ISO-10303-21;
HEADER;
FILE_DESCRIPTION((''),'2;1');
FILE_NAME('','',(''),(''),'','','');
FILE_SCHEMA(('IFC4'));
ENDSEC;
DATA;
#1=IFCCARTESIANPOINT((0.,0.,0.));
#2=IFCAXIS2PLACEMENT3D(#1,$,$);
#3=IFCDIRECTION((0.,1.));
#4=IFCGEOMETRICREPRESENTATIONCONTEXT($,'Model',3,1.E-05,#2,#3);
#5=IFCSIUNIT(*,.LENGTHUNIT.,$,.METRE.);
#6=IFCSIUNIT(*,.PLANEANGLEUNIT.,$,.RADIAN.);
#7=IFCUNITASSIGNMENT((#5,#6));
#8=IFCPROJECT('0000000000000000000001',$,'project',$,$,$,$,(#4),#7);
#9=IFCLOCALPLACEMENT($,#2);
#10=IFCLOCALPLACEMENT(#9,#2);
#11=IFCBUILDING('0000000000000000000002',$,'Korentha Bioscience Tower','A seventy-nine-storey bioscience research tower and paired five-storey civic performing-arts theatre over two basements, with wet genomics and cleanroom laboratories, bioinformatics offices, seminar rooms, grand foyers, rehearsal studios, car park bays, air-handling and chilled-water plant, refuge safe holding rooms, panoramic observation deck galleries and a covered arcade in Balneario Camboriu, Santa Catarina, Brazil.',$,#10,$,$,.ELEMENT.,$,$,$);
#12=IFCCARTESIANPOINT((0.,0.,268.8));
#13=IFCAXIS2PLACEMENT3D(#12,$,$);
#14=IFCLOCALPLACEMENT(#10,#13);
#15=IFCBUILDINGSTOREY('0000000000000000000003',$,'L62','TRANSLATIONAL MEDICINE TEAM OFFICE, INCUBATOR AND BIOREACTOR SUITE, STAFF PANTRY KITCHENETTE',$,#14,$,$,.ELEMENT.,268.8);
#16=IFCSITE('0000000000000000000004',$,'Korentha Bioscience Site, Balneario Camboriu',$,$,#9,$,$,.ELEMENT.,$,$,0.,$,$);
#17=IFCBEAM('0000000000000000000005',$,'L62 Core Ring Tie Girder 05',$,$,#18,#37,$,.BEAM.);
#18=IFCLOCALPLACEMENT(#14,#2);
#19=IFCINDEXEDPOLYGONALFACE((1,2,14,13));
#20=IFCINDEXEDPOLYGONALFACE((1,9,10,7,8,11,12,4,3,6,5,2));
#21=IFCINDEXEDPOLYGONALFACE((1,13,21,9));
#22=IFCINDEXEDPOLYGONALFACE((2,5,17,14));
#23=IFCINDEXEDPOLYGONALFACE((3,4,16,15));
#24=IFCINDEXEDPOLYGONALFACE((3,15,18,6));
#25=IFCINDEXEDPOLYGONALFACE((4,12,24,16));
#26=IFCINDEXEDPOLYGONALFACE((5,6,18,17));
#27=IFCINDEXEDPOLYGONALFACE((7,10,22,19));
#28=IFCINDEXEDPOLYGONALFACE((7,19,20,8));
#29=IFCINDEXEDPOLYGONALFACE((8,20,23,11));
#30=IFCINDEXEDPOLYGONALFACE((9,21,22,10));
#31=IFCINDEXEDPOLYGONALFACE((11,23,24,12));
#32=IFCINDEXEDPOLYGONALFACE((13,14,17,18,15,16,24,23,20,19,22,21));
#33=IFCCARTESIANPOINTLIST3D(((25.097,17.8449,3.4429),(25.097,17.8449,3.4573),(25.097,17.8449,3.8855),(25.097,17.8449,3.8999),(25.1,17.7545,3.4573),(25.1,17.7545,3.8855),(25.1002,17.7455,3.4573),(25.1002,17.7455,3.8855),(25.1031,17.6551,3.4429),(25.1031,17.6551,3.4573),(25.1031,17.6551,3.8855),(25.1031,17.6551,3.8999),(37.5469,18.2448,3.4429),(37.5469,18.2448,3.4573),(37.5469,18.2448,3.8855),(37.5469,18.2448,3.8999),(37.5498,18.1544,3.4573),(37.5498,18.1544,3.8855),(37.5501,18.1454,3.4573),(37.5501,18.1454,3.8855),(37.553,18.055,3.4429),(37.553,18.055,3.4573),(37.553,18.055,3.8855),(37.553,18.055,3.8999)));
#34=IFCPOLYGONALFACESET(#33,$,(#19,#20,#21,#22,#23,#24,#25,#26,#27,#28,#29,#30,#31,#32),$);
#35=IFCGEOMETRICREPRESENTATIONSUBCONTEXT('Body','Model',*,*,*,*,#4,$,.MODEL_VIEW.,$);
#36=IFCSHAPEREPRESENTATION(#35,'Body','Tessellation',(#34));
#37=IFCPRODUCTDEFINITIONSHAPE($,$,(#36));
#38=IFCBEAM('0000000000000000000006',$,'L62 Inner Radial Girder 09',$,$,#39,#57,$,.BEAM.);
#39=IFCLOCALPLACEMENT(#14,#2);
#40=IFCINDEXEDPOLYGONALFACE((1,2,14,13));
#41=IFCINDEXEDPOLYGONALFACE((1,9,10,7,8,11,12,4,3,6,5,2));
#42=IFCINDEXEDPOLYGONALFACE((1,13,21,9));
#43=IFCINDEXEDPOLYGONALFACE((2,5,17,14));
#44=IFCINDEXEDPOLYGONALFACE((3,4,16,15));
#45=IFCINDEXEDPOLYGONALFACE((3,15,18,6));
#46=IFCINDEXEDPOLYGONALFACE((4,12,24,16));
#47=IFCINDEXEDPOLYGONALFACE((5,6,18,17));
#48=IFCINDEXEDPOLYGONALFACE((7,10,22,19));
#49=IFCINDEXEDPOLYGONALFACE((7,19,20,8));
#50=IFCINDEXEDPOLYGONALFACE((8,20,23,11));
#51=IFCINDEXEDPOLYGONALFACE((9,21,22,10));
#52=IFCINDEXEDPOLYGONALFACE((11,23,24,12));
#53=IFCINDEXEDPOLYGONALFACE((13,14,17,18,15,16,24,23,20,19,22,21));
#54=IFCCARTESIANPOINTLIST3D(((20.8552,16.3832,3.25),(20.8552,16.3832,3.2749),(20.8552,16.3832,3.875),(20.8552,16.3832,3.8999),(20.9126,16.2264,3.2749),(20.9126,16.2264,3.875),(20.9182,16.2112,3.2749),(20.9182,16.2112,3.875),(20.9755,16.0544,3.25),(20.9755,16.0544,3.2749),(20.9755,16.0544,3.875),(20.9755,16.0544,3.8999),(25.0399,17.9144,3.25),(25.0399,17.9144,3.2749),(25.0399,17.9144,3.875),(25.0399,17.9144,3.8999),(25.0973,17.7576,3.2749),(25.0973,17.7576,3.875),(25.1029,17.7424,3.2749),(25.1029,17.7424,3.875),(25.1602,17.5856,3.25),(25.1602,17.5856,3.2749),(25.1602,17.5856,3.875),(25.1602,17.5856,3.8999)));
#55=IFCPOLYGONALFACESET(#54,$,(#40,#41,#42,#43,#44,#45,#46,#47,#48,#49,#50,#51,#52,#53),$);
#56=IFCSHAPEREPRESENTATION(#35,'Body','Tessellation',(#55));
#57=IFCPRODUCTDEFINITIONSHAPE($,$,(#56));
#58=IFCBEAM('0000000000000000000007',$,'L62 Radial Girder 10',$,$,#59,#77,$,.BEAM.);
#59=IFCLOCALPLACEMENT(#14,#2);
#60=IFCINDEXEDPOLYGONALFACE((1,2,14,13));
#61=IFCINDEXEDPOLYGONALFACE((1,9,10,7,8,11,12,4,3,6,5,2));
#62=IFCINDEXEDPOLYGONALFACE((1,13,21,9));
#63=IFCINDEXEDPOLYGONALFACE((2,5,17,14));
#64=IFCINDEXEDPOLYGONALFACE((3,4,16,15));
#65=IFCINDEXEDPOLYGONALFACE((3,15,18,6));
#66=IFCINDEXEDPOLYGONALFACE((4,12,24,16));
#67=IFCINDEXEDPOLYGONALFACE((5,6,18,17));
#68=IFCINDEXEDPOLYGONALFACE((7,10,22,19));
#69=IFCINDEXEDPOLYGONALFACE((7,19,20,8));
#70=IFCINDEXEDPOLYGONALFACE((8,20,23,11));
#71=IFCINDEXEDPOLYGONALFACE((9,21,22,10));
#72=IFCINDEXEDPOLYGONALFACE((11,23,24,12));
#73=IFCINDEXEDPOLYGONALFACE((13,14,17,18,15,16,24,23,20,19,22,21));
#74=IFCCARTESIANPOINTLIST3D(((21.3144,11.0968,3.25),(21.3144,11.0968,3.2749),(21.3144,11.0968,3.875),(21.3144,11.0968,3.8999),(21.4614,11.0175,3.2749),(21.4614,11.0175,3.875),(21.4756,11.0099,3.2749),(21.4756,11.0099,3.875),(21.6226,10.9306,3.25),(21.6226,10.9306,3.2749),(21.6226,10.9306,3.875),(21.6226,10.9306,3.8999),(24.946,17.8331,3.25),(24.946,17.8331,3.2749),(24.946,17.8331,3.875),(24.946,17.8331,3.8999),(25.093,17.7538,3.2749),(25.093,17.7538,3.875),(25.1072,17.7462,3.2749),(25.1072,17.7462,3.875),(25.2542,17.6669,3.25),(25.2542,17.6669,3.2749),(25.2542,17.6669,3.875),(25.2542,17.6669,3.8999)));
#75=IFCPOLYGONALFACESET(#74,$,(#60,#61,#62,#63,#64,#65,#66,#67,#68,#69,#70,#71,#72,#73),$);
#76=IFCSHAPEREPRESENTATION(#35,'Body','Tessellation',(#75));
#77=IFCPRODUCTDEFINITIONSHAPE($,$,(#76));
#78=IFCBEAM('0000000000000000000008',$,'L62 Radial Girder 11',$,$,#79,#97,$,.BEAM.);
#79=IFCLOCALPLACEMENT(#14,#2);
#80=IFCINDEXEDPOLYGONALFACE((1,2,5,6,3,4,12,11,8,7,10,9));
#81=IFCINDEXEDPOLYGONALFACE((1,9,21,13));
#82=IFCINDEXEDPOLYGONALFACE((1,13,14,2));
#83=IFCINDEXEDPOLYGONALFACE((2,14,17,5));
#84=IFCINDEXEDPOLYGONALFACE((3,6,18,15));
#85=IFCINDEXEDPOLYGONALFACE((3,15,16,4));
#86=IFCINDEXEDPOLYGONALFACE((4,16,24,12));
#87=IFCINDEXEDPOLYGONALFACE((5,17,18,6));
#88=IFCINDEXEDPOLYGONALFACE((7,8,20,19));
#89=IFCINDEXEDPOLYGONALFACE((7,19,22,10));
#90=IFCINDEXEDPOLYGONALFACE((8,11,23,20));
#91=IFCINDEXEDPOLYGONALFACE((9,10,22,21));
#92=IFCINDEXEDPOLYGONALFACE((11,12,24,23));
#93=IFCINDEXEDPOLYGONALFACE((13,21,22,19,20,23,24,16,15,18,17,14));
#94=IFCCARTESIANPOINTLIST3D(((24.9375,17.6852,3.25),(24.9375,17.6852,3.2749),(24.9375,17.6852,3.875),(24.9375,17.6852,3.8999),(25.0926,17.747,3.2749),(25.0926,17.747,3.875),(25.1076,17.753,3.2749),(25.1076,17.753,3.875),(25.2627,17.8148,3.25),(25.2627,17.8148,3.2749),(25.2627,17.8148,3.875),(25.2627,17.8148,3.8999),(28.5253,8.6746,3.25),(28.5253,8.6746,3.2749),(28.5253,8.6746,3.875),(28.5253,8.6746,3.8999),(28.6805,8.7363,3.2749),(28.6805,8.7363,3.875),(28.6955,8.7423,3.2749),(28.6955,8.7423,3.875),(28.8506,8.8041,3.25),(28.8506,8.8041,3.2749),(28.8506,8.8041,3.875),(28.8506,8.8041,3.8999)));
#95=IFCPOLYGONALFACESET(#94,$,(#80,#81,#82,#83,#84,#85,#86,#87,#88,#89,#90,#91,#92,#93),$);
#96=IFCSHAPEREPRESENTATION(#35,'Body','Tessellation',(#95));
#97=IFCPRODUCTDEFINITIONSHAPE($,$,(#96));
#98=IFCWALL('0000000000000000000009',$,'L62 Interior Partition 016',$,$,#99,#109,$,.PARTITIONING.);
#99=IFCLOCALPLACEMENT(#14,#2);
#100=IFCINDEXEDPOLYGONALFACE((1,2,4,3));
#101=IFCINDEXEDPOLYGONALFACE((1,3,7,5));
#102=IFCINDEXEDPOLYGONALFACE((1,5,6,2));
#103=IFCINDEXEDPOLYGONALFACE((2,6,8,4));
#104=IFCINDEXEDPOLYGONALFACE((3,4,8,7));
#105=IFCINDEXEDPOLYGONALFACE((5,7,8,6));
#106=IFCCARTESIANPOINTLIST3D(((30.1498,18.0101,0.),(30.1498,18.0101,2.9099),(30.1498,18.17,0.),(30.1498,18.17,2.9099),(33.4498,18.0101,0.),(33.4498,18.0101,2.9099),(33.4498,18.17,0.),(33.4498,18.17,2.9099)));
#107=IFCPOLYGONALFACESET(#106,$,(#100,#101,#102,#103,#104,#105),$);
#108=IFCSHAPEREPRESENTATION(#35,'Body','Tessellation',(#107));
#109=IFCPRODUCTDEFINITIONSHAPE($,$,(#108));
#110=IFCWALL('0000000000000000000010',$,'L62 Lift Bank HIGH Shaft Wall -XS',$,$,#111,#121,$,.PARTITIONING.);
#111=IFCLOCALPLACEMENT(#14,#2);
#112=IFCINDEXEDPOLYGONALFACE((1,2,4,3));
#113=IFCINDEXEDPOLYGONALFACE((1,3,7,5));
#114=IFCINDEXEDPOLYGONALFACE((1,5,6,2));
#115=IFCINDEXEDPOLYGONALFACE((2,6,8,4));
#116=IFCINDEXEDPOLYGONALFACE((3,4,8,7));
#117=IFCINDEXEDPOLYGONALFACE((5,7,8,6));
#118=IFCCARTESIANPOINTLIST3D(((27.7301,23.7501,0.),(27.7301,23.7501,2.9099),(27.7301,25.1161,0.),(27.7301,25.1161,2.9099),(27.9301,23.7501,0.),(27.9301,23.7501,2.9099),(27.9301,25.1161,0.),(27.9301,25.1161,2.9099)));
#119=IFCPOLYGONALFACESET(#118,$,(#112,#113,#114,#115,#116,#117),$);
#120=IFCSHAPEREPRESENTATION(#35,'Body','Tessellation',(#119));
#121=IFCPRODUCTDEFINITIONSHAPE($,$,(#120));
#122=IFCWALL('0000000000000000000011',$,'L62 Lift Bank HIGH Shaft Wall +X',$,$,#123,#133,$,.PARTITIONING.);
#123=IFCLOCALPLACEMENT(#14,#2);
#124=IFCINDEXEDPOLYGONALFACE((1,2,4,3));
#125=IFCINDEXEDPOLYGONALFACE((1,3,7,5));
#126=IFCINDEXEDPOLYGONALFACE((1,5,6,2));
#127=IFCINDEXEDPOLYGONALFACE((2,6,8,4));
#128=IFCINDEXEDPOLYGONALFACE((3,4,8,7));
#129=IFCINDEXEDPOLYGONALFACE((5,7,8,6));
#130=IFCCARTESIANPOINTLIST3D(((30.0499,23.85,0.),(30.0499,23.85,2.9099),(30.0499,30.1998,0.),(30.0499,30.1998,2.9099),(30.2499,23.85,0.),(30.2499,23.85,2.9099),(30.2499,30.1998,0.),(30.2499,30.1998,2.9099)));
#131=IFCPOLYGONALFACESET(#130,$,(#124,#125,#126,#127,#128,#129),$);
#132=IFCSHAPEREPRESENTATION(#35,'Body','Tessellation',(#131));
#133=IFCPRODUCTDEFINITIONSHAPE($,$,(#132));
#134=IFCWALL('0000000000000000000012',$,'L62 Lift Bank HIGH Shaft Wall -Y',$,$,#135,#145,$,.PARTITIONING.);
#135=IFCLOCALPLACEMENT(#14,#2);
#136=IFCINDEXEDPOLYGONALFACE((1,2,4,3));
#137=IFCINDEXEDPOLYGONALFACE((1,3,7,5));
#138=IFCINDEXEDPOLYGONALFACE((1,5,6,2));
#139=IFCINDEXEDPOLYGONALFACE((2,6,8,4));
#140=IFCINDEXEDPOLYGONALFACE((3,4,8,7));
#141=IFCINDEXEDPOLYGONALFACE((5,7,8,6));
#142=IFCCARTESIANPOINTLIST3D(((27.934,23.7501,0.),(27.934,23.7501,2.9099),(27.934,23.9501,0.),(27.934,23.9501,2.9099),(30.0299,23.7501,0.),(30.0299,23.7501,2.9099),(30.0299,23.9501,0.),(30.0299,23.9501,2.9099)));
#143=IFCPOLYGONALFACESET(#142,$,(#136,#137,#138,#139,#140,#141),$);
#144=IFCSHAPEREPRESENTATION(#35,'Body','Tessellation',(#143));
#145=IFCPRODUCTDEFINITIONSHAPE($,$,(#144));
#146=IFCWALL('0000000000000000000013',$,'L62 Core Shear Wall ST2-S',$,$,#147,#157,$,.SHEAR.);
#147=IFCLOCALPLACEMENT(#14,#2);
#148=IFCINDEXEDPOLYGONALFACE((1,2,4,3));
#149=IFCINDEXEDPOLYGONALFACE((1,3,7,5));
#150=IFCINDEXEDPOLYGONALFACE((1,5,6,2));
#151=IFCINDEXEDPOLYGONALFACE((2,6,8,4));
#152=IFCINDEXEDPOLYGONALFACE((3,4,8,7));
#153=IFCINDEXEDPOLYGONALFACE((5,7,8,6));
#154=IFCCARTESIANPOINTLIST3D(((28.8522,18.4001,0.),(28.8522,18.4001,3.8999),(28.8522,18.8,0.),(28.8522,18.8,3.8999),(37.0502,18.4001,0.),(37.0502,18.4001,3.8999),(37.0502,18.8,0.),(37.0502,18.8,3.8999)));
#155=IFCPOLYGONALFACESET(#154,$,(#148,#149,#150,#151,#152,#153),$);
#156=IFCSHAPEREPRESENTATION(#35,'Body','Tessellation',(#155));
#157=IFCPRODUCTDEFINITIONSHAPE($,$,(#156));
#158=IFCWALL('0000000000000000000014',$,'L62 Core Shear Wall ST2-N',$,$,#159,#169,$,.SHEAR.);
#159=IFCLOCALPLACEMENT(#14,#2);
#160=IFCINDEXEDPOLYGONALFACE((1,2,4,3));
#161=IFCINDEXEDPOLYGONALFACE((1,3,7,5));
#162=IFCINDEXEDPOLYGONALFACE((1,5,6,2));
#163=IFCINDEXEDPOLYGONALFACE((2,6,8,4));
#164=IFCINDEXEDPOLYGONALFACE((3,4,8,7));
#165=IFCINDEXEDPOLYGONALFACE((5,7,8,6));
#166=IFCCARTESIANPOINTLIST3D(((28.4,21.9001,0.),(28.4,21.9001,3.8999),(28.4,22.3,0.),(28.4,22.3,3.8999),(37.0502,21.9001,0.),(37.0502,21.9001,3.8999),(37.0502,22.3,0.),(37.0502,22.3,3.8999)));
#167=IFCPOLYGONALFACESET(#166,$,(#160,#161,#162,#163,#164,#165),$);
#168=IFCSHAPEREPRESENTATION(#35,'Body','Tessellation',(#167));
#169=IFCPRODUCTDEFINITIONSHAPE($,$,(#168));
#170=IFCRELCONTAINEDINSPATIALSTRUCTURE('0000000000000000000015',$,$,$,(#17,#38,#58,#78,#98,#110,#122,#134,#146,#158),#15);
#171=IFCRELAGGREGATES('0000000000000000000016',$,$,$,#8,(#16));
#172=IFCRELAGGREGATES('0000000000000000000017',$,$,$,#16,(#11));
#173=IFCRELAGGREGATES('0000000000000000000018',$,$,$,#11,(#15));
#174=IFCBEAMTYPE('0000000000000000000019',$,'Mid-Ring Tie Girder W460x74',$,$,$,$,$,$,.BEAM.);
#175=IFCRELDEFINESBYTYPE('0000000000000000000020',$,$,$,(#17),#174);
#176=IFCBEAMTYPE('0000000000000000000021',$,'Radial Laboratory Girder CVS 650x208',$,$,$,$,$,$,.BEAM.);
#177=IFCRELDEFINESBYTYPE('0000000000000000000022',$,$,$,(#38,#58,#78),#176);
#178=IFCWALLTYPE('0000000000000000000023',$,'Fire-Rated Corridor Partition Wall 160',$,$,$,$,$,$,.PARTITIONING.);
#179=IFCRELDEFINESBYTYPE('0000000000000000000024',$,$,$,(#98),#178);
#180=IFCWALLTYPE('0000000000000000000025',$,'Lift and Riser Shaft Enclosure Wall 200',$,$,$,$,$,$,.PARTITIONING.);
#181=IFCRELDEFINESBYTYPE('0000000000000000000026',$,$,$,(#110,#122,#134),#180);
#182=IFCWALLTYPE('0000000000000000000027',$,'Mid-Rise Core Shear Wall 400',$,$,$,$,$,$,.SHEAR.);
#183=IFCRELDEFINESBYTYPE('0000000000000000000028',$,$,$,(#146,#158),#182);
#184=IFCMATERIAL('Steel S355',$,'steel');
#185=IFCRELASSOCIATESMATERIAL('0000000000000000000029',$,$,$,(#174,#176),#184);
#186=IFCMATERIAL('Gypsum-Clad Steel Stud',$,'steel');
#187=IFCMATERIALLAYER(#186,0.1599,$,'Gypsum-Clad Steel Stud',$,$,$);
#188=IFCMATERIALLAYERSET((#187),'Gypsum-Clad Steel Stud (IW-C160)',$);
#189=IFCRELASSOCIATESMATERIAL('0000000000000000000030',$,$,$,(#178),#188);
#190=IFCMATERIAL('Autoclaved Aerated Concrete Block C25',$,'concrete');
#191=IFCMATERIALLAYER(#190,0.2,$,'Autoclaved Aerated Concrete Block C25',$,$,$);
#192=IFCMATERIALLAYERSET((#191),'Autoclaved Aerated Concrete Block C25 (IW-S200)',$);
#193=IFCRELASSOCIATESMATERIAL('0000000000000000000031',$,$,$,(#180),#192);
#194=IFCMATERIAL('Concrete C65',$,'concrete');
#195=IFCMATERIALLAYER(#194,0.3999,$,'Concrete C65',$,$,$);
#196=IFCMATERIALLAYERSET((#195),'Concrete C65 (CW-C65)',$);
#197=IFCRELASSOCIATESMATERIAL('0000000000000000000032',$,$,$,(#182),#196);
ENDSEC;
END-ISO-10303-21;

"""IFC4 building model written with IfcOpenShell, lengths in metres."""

from ifc_helpers import new_model, si_unit, direction, frame, frame_2d, origin, origin_2d, place, context, subcontext, project, spatial, rectangle, i_section, extrude, material, layer, layer_set, material_profile, profile_set, type_object, element, save


model = new_model("IFC4")

# Units and contexts
model_context = context("Model", 3, precision=1e-05, world=origin(), true_north=direction((0.0, 1.0)))
body_context = subcontext(model_context, "Body", "Model", "MODEL_VIEW")
ifc_project = project(units=[si_unit("LENGTHUNIT", "METRE"), si_unit("PLANEANGLEUNIT", "RADIAN")], contexts=[model_context])

# Site, building, storey
site_placement = place(None, origin())
site = spatial("IfcSite", under=ifc_project, at=site_placement, Name="Korentha Bioscience Site, Balneario Camboriu", CompositionType="ELEMENT", RefElevation=0.0)
building_placement = place(site_placement, origin())
building = spatial("IfcBuilding", under=site, at=building_placement, Name="Korentha Bioscience Tower", Description="A seventy-nine-storey bioscience research tower and paired five-storey civic performing-arts theatre over two basements, with wet genomics and cleanroom laboratories, bioinformatics offices, seminar rooms, grand foyers, rehearsal studios, car park bays, air-handling and chilled-water plant, refuge safe holding rooms, panoramic observation deck galleries and a covered arcade in Balneario Camboriu, Santa Catarina, Brazil.", CompositionType="ELEMENT")
storey_placement = place(building_placement, frame((0.0, 0.0, 268.8)))
storey = spatial("IfcBuildingStorey", under=building, at=storey_placement, Name="L62", Description="TRANSLATIONAL MEDICINE TEAM OFFICE, INCUBATOR AND BIOREACTOR SUITE, STAFF PANTRY KITCHENETTE", CompositionType="ELEMENT", Elevation=268.8)

# Beams
ifc_material_1 = material(Name="Steel S355", Category="steel")
ifc_material_profile_1 = material_profile(ifc_material_1, i_section(OverallWidth=0.1899, OverallDepth=0.457, WebThickness=0.009, FlangeThickness=0.0144, at=origin_2d()), Name="Steel S355")
ifc_profile_set_1 = profile_set([ifc_material_profile_1], Name="Steel S355 (MB-460)")
beam_type_1 = type_object("IfcBeamType", Name="Mid-Ring Tie Girder W460x74", PredefinedType="BEAM", material=ifc_profile_set_1)
beam_1_placement = place(storey_placement, frame((25.1001, 17.75, 3.6714), z_axis=(0.999485, 0.032104, 0.0), x_axis=(-0.032104, 0.999485, 0.0)))
element("IfcBeam", 1, at=beam_1_placement, inside=storey, type_object=beam_type_1, Name="L62 Core Ring Tie Girder 05", PredefinedType="BEAM", context=body_context, shape_type="SweptSolid", body=[
    extrude(i_section(OverallWidth=0.1899, OverallDepth=0.457, WebThickness=0.009, FlangeThickness=0.0144, at=origin_2d()), origin(), (0.0, 0.0, 1.0), 12.4563),
])
ifc_material_profile_2 = material_profile(ifc_material_1, i_section(OverallWidth=0.3501, OverallDepth=0.6499, WebThickness=0.0161, FlangeThickness=0.0249, at=origin_2d()), Name="Steel S355")
ifc_profile_set_2 = profile_set([ifc_material_profile_2], Name="Steel S355 (RB-650)")
beam_type_2 = type_object("IfcBeamType", Name="Radial Laboratory Girder CVS 650x208", PredefinedType="BEAM", material=ifc_profile_set_2)
beam_2_placement = place(storey_placement, frame((25.1001, 17.75, 3.575), z_axis=(-0.939107, -0.343625, 0.0), x_axis=(0.343625, -0.939107, 0.0)))
element("IfcBeam", 2, at=beam_2_placement, inside=storey, type_object=beam_type_2, Name="L62 Inner Radial Girder 09", PredefinedType="BEAM", context=body_context, shape_type="SweptSolid", body=[
    extrude(i_section(OverallWidth=0.3501, OverallDepth=0.6499, WebThickness=0.0161, FlangeThickness=0.0249, at=origin_2d()), origin(), (0.0, 0.0, 1.0), 4.4561),
])
beam_3_placement = place(storey_placement, frame((25.1001, 17.75, 3.575), z_axis=(-0.474539, -0.880234, 0.0), x_axis=(0.880234, -0.474539, 0.0)))
element("IfcBeam", 3, at=beam_3_placement, inside=storey, type_object=beam_type_2, Name="L62 Radial Girder 10", PredefinedType="BEAM", context=body_context, shape_type="SweptSolid", body=[
    extrude(i_section(OverallWidth=0.3501, OverallDepth=0.6499, WebThickness=0.0161, FlangeThickness=0.0249, at=origin_2d()), origin(), (0.0, 0.0, 1.0), 7.6528),
])
beam_4_placement = place(storey_placement, frame((25.1001, 17.75, 3.575), z_axis=(0.369932, -0.929059, 0.0), x_axis=(0.929059, 0.369932, 0.0)))
element("IfcBeam", 4, at=beam_4_placement, inside=storey, type_object=beam_type_2, Name="L62 Radial Girder 11", PredefinedType="BEAM", context=body_context, shape_type="SweptSolid", body=[
    extrude(i_section(OverallWidth=0.3501, OverallDepth=0.6499, WebThickness=0.0161, FlangeThickness=0.0249, at=origin_2d()), origin(), (0.0, 0.0, 1.0), 9.6987),
])

# Walls
ifc_material_2 = material(Name="Gypsum-Clad Steel Stud", Category="steel")
ifc_layer_1 = layer(ifc_material_2, 0.1599, Name="Gypsum-Clad Steel Stud")
ifc_layer_set_1 = layer_set([ifc_layer_1], Name="Gypsum-Clad Steel Stud (IW-C160)")
wall_type_1 = type_object("IfcWallType", Name="Fire-Rated Corridor Partition Wall 160", PredefinedType="PARTITIONING", material=ifc_layer_set_1)
wall_1_placement = place(storey_placement, frame((30.1499, 18.0901, 0.0), z_axis=(0.0, 0.0, 1.0), x_axis=(1.0, 0.0, 0.0)))
element("IfcWall", 5, at=wall_1_placement, inside=storey, type_object=wall_type_1, Name="L62 Interior Partition 016", PredefinedType="PARTITIONING", context=body_context, shape_type="SweptSolid", body=[
    extrude(rectangle(XDim=3.3, YDim=0.1599, at=frame_2d((1.6499, 0.0))), origin(), (0.0, 0.0, 1.0), 2.9099),
])
ifc_material_3 = material(Name="Autoclaved Aerated Concrete Block C25", Category="concrete")
ifc_layer_2 = layer(ifc_material_3, 0.2, Name="Autoclaved Aerated Concrete Block C25")
ifc_layer_set_2 = layer_set([ifc_layer_2], Name="Autoclaved Aerated Concrete Block C25 (IW-S200)")
wall_type_2 = type_object("IfcWallType", Name="Lift and Riser Shaft Enclosure Wall 200", PredefinedType="PARTITIONING", material=ifc_layer_set_2)
wall_2_placement = place(storey_placement, frame((27.8301, 23.75, 0.0), z_axis=(0.0, 0.0, 1.0), x_axis=(0.0, 1.0, 0.0)))
element("IfcWall", 6, at=wall_2_placement, inside=storey, type_object=wall_type_2, Name="L62 Lift Bank HIGH Shaft Wall -XS", PredefinedType="PARTITIONING", context=body_context, shape_type="SweptSolid", body=[
    extrude(rectangle(XDim=1.366, YDim=0.2, at=frame_2d((0.6831, 0.0))), origin(), (0.0, 0.0, 1.0), 2.9099),
])
wall_3_placement = place(storey_placement, frame((30.1499, 23.8501, 0.0), z_axis=(0.0, 0.0, 1.0), x_axis=(0.0, 1.0, 0.0)))
element("IfcWall", 7, at=wall_3_placement, inside=storey, type_object=wall_type_2, Name="L62 Lift Bank HIGH Shaft Wall +X", PredefinedType="PARTITIONING", context=body_context, shape_type="SweptSolid", body=[
    extrude(rectangle(XDim=6.3499, YDim=0.2, at=frame_2d((3.1748, 0.0))), origin(), (0.0, 0.0, 1.0), 2.9099),
])
wall_4_placement = place(storey_placement, frame((27.9341, 23.8501, 0.0), z_axis=(0.0, 0.0, 1.0), x_axis=(1.0, 0.0, 0.0)))
element("IfcWall", 8, at=wall_4_placement, inside=storey, type_object=wall_type_2, Name="L62 Lift Bank HIGH Shaft Wall -Y", PredefinedType="PARTITIONING", context=body_context, shape_type="SweptSolid", body=[
    extrude(rectangle(XDim=2.0959, YDim=0.2, at=frame_2d((1.0479, 0.0))), origin(), (0.0, 0.0, 1.0), 2.9099),
])
ifc_material_4 = material(Name="Concrete C65", Category="concrete")
ifc_layer_3 = layer(ifc_material_4, 0.3999, Name="Concrete C65")
ifc_layer_set_3 = layer_set([ifc_layer_3], Name="Concrete C65 (CW-C65)")
wall_type_3 = type_object("IfcWallType", Name="Mid-Rise Core Shear Wall 400", PredefinedType="SHEAR", material=ifc_layer_set_3)
wall_5_placement = place(storey_placement, frame((28.8521, 18.6001, 0.0), z_axis=(0.0, 0.0, 1.0), x_axis=(1.0, 0.0, 0.0)))
element("IfcWall", 9, at=wall_5_placement, inside=storey, type_object=wall_type_3, Name="L62 Core Shear Wall ST2-S", PredefinedType="SHEAR", context=body_context, shape_type="SweptSolid", body=[
    extrude(rectangle(XDim=8.198, YDim=0.3999, at=frame_2d((4.0991, 0.0))), origin(), (0.0, 0.0, 1.0), 3.8999),
])
wall_6_placement = place(storey_placement, frame((28.3999, 22.1001, 0.0), z_axis=(0.0, 0.0, 1.0), x_axis=(1.0, 0.0, 0.0)))
element("IfcWall", 10, at=wall_6_placement, inside=storey, type_object=wall_type_3, Name="L62 Core Shear Wall ST2-N", PredefinedType="SHEAR", context=body_context, shape_type="SweptSolid", body=[
    extrude(rectangle(XDim=8.6501, YDim=0.3999, at=frame_2d((4.3252, 0.0))), origin(), (0.0, 0.0, 1.0), 3.8999),
])

save(model, "model.ifc")
